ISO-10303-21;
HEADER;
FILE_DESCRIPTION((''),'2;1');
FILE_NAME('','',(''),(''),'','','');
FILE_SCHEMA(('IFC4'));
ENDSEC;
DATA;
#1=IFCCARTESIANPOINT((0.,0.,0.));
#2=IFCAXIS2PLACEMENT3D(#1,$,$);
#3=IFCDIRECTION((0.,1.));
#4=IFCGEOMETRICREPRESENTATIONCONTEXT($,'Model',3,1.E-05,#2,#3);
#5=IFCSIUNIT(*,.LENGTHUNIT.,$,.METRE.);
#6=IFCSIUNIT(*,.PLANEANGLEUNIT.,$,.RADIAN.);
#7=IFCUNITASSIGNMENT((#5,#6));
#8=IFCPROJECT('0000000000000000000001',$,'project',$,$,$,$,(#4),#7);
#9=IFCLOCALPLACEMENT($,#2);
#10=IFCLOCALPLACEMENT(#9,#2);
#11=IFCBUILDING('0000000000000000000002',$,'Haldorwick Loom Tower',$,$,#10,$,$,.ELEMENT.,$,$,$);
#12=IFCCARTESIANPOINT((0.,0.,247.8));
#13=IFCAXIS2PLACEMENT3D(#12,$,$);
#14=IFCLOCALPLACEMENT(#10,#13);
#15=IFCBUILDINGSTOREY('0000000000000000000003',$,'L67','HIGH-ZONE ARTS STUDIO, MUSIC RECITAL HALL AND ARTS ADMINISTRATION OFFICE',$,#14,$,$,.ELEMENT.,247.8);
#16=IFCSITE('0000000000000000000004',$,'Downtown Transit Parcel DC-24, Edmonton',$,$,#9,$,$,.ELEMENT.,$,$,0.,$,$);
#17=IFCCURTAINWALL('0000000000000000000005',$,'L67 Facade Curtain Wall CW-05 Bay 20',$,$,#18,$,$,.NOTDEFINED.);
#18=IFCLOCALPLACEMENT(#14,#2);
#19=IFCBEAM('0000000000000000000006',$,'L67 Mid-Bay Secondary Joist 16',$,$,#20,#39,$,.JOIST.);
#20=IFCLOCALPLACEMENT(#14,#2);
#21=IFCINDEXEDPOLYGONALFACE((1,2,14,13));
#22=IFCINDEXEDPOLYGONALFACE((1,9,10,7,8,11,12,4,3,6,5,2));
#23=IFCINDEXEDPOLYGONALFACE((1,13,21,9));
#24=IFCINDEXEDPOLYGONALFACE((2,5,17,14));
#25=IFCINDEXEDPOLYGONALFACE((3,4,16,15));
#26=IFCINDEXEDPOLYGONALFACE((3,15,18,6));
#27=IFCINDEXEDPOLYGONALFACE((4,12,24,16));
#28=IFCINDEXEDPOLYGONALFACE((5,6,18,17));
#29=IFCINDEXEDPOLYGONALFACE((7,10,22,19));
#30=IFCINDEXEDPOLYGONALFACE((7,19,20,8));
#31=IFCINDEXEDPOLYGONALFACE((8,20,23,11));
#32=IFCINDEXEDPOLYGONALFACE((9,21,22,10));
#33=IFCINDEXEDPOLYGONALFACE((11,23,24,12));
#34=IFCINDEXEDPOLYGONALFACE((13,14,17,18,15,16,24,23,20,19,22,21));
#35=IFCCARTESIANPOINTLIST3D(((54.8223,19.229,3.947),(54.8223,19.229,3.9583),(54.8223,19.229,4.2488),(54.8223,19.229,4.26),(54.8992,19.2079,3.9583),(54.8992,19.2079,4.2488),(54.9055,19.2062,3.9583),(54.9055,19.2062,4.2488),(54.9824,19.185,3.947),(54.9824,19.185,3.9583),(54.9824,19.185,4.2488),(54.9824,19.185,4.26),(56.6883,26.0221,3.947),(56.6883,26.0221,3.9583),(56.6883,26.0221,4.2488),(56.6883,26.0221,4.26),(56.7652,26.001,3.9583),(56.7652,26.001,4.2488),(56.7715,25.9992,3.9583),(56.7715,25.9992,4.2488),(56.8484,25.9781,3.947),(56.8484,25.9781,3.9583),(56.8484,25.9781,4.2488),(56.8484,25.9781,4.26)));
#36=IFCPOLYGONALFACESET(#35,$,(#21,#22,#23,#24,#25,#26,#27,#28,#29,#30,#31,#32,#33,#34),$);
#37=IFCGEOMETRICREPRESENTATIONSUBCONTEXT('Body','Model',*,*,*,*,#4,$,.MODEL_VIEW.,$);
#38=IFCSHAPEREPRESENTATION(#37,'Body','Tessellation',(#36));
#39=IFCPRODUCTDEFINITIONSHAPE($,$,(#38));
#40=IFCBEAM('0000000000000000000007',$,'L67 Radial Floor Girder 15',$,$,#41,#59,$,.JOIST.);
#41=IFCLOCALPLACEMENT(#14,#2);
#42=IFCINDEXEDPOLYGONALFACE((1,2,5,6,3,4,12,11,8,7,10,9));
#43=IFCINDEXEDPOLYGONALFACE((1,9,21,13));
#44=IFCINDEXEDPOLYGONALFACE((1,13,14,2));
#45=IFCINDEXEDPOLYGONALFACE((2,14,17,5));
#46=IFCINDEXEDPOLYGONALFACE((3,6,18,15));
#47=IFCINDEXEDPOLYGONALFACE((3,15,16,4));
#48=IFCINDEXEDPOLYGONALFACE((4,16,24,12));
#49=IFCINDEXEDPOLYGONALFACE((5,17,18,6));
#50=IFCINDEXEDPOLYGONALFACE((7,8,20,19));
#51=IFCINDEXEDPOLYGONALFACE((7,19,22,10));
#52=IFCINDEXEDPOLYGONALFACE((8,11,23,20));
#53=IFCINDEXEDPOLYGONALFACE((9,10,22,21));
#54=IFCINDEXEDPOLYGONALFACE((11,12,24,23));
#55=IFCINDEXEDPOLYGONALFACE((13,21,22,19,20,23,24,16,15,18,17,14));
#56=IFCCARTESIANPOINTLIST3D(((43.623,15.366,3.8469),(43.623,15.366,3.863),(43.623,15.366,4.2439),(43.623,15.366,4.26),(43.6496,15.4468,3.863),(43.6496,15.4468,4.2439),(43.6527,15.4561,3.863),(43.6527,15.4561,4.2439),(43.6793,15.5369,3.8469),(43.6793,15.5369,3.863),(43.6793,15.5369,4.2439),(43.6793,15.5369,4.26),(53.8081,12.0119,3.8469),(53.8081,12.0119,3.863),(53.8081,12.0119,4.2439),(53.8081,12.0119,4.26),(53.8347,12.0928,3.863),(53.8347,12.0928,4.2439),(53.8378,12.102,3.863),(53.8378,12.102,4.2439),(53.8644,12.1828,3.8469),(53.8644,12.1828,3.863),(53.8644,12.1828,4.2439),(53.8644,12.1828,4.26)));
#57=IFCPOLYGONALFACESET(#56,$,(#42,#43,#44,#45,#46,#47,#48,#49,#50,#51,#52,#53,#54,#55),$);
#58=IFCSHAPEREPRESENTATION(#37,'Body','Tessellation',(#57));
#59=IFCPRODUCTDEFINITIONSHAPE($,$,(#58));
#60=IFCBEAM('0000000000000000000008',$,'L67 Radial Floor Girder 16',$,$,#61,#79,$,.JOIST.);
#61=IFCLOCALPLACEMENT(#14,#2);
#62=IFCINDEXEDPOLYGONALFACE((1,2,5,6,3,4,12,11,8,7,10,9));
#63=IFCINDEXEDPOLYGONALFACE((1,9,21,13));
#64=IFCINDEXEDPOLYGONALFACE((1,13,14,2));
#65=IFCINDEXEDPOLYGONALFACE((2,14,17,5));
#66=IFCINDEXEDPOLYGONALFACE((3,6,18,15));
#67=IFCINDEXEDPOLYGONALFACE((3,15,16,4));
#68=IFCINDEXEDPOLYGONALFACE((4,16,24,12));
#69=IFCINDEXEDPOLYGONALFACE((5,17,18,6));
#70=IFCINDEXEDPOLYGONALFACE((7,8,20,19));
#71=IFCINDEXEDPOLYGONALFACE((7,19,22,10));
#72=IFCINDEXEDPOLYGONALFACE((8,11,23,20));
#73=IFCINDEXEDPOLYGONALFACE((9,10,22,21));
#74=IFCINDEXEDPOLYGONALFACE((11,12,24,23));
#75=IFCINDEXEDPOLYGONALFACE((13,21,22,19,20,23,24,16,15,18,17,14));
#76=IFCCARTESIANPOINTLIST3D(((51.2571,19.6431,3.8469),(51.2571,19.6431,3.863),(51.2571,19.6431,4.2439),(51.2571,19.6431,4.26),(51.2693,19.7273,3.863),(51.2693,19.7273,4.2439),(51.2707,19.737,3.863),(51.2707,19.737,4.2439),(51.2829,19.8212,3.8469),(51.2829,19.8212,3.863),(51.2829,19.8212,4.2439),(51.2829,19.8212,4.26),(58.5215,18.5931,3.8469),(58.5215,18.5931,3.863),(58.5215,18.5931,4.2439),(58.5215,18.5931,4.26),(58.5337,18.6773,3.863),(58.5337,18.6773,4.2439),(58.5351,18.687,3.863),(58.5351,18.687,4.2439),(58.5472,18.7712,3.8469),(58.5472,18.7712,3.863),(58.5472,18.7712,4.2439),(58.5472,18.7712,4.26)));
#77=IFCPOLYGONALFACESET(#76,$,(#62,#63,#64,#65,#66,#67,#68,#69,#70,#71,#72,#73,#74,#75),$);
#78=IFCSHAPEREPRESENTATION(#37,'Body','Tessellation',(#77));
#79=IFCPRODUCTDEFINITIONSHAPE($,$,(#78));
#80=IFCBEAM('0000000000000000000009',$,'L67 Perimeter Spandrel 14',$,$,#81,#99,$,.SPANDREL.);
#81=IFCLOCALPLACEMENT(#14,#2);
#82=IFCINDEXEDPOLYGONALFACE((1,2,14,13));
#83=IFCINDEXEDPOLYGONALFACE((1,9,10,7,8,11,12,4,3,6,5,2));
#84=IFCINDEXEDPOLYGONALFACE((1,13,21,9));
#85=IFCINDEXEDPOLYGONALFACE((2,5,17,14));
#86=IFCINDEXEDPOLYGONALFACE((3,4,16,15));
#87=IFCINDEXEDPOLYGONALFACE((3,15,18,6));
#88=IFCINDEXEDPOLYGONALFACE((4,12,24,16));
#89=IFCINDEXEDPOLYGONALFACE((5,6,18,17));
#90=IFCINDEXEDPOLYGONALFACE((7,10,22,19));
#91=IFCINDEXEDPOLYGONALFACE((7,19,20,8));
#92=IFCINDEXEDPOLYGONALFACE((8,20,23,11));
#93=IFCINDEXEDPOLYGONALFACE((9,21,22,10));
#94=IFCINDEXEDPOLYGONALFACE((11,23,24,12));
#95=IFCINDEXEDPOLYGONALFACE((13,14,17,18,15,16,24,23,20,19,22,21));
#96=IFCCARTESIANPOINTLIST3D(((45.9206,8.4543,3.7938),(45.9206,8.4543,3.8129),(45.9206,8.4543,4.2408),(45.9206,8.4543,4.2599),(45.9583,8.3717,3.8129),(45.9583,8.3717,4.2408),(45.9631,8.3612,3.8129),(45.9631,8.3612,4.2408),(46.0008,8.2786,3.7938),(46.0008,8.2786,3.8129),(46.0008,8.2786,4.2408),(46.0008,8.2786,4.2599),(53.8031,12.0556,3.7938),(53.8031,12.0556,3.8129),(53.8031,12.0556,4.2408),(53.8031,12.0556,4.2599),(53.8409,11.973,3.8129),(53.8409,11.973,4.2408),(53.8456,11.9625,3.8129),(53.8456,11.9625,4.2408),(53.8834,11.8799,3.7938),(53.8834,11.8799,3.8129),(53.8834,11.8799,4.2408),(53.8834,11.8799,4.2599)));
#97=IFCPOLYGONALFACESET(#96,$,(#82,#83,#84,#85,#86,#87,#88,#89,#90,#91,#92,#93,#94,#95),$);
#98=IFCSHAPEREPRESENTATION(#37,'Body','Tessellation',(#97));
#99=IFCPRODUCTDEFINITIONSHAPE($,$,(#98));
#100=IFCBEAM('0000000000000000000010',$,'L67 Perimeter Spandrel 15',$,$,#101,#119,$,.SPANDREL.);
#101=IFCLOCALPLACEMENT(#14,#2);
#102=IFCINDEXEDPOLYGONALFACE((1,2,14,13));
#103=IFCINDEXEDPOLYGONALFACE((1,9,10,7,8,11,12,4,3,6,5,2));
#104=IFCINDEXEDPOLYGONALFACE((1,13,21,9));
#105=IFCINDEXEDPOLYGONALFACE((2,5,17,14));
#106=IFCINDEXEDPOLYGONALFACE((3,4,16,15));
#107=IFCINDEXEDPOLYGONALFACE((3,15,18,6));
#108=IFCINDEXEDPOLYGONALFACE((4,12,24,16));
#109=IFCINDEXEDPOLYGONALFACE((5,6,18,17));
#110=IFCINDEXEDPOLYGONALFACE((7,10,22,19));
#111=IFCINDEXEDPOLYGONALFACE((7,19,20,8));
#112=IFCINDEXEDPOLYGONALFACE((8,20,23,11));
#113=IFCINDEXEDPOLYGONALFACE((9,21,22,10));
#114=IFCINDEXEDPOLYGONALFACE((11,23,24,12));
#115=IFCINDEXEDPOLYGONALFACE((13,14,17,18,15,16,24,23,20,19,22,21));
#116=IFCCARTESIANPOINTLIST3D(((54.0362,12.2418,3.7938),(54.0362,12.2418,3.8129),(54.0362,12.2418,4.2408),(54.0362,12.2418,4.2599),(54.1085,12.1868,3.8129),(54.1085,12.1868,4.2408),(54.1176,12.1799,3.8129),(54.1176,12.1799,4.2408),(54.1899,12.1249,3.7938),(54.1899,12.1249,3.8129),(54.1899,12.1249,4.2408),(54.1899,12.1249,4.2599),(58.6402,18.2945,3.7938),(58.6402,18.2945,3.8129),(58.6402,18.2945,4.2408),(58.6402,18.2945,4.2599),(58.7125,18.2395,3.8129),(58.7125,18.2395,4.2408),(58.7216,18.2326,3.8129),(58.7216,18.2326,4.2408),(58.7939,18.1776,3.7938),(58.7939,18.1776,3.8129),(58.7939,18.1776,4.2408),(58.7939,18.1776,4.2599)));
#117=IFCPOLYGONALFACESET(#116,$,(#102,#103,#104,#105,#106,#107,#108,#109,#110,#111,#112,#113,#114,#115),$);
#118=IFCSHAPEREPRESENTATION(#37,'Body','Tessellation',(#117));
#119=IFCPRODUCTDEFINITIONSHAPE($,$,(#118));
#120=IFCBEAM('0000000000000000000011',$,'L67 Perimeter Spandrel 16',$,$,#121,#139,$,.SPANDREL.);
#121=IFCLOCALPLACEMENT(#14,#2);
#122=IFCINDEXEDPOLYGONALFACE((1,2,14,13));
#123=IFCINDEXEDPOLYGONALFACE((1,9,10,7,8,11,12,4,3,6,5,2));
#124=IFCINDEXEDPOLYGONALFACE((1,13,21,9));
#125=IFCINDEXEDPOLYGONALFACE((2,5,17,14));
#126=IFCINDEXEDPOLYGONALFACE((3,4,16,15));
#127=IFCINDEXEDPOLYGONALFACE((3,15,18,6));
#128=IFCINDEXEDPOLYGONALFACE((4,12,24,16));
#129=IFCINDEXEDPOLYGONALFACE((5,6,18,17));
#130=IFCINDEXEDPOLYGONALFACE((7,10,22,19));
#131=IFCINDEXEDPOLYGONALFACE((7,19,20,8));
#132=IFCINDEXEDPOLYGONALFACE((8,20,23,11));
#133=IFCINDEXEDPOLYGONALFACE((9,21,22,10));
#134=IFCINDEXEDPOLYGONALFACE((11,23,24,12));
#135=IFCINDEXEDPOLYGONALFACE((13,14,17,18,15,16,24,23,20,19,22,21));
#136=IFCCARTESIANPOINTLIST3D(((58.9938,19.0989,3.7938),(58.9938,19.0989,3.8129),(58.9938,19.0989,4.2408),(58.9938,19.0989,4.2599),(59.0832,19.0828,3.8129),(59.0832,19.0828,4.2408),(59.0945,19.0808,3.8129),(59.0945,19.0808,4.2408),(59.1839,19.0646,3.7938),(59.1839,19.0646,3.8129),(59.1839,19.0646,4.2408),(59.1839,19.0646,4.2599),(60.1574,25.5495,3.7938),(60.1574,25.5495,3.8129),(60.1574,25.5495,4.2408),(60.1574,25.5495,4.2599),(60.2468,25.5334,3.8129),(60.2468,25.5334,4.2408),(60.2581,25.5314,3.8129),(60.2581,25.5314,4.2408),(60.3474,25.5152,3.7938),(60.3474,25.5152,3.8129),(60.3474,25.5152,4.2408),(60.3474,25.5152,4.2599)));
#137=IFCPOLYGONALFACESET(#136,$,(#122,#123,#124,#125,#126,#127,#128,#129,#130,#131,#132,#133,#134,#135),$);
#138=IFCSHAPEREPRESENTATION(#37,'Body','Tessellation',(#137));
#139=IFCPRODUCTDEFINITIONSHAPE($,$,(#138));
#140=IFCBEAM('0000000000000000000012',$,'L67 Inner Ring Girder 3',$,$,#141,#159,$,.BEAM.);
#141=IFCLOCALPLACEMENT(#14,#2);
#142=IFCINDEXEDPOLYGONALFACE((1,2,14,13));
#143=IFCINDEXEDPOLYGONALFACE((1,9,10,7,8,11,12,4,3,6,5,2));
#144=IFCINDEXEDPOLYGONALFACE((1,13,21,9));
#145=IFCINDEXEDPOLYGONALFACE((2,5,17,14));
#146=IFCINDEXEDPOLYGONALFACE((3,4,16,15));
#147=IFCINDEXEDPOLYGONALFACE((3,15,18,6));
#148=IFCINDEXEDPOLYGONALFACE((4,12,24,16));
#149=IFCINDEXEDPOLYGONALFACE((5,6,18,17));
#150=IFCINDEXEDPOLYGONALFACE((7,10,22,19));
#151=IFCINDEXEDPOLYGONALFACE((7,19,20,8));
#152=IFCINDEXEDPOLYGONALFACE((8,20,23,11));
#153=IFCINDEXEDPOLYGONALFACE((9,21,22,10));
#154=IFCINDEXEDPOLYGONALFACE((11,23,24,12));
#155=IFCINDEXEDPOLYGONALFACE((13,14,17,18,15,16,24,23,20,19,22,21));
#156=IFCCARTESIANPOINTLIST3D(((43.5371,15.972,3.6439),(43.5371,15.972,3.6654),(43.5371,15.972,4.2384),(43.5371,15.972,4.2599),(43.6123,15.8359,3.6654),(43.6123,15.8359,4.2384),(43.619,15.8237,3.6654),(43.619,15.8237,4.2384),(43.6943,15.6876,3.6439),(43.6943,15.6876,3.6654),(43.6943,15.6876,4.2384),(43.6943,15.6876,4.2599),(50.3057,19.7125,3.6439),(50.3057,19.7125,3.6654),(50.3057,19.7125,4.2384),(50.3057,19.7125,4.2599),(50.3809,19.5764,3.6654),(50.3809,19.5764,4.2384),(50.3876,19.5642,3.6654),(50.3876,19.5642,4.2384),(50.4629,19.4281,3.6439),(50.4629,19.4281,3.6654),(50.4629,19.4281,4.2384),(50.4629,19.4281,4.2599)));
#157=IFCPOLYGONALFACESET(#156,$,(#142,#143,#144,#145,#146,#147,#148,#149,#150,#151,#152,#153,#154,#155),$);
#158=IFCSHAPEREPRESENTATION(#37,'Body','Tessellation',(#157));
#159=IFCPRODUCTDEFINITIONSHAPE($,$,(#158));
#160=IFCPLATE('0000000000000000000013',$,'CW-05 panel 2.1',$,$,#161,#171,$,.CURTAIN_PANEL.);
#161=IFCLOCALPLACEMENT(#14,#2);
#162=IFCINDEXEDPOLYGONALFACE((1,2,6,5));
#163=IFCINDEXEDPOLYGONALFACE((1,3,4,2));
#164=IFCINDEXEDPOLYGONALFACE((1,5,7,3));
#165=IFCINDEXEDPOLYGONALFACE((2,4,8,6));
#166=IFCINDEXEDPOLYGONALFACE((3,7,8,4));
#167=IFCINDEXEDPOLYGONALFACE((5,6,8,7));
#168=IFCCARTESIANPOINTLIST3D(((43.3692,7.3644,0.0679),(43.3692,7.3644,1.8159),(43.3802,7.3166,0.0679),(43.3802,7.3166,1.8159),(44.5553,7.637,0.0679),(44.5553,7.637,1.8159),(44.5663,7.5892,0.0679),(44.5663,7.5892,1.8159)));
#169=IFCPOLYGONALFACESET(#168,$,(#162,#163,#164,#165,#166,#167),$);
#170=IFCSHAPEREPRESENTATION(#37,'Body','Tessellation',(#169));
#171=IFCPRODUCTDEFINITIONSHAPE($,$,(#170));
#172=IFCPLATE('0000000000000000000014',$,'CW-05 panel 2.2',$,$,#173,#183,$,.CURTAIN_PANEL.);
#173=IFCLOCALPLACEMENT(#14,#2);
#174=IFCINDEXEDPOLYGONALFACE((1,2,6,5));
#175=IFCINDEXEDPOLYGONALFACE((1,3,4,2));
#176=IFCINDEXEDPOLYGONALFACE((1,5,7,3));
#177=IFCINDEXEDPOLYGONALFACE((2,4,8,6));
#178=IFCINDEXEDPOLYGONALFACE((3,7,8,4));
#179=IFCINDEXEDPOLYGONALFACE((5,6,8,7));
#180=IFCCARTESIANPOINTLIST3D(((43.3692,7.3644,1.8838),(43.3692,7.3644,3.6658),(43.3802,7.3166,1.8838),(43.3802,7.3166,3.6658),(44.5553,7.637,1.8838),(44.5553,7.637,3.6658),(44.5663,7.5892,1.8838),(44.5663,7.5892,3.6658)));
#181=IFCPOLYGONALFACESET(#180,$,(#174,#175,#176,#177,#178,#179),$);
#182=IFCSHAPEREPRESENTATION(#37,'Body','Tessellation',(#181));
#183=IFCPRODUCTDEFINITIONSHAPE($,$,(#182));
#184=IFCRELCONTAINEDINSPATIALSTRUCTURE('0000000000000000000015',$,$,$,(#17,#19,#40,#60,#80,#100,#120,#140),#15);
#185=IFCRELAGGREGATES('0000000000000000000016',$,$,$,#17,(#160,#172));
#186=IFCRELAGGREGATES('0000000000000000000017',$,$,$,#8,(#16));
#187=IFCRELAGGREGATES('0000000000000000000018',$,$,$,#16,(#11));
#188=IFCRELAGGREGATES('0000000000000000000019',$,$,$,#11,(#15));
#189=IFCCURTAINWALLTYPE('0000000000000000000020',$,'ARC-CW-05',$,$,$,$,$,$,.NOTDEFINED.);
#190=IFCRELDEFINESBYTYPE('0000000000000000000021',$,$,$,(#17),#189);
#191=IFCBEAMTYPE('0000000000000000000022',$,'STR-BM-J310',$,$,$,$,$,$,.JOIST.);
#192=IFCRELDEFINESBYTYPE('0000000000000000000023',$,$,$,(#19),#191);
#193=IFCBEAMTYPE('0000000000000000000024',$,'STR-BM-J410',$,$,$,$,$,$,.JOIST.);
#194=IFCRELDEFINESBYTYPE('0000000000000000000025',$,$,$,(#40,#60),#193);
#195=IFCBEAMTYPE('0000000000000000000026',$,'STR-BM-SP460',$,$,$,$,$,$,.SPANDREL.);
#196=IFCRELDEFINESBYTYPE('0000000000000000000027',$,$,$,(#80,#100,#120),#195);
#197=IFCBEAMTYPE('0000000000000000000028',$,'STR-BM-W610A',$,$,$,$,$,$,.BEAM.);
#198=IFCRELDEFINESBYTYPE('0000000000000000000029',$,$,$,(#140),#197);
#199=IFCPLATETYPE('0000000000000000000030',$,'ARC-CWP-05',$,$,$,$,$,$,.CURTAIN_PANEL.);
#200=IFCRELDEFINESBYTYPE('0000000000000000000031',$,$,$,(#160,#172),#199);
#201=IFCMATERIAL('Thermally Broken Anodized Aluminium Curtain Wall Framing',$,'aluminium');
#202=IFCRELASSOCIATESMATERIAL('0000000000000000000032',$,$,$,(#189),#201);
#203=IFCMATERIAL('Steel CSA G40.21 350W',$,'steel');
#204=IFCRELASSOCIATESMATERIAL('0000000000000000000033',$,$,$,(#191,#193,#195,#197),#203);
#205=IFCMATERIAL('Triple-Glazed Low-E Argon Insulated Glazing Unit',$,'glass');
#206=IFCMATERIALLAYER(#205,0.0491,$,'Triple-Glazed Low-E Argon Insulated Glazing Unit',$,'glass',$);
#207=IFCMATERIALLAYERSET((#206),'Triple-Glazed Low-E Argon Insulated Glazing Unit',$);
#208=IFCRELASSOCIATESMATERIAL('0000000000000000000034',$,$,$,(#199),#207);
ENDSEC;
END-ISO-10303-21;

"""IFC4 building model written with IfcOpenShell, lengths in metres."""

from ifc_helpers import new_model, si_unit, direction, frame, origin, origin_2d, place, context, subcontext, project, spatial, rectangle, i_section, extrude, material, layer, layer_set, material_profile, profile_set, type_object, element, aggregate, save


model = new_model("IFC4")

# Units and contexts
model_context = context("Model", 3, precision=1e-05, world=origin(), true_north=direction((0.0, 1.0)))
body_context = subcontext(model_context, "Body", "Model", "MODEL_VIEW")
ifc_project = project(units=[si_unit("LENGTHUNIT", "METRE"), si_unit("PLANEANGLEUNIT", "RADIAN")], contexts=[model_context])

# Site, building, storey
site_placement = place(None, origin())
site = spatial("IfcSite", under=ifc_project, at=site_placement, Name="Downtown Transit Parcel DC-24, Edmonton", CompositionType="ELEMENT", RefElevation=0.0)
building_placement = place(site_placement, origin())
building = spatial("IfcBuilding", under=site, at=building_placement, Name="Haldorwick Loom Tower", CompositionType="ELEMENT")
storey_placement = place(building_placement, frame((0.0, 0.0, 247.8)))
storey = spatial("IfcBuildingStorey", under=building, at=storey_placement, Name="L67", Description="HIGH-ZONE ARTS STUDIO, MUSIC RECITAL HALL AND ARTS ADMINISTRATION OFFICE", CompositionType="ELEMENT", Elevation=247.8)

# Shared definitions
ifc_material_1 = material(Name="Steel CSA G40.21 350W", Category="steel")

# Curtain wall
ifc_material_2 = material(Name="Thermally Broken Anodized Aluminium Curtain Wall Framing", Category="aluminium")
curtain_wall_type = type_object("IfcCurtainWallType", Name="ARC-CW-05", PredefinedType="NOTDEFINED", material=ifc_material_2)
curtain_wall_placement = place(storey_placement, origin())
curtain_wall = element("IfcCurtainWall", 1, at=curtain_wall_placement, inside=storey, type_object=curtain_wall_type, Name="L67 Facade Curtain Wall CW-05 Bay 20", PredefinedType="NOTDEFINED")

# Beams
ifc_material_profile_1 = material_profile(ifc_material_1, i_section(OverallWidth=0.166, OverallDepth=0.313, WebThickness=0.0066, FlangeThickness=0.0112, at=origin_2d()), Name="W310X45", Category="steel")
ifc_profile_set_1 = profile_set([ifc_material_profile_1], Name="Steel CSA G40.21 350W")
beam_type_1 = type_object("IfcBeamType", Name="STR-BM-J310", PredefinedType="JOIST", material=ifc_profile_set_1)
beam_1_placement = place(storey_placement, frame((54.9023, 19.207, 4.1035), z_axis=(0.264879, 0.964282, 0.0), x_axis=(-0.964282, 0.264879, 0.0)))
element("IfcBeam", 2, at=beam_1_placement, inside=storey, type_object=beam_type_1, Name="L67 Mid-Bay Secondary Joist 16", PredefinedType="JOIST", context=body_context, shape_type="SweptSolid", body=[
    extrude(i_section(OverallWidth=0.166, OverallDepth=0.313, WebThickness=0.0066, FlangeThickness=0.0112, at=origin_2d()), origin(), (0.0, 0.0, 1.0), 7.0447),
])
ifc_material_profile_2 = material_profile(ifc_material_1, i_section(OverallWidth=0.1799, OverallDepth=0.4131, WebThickness=0.0098, FlangeThickness=0.0161, at=origin_2d()), Name="W410X74", Category="steel")
ifc_profile_set_2 = profile_set([ifc_material_profile_2], Name="Steel CSA G40.21 350W")
beam_type_2 = type_object("IfcBeamType", Name="STR-BM-J410", PredefinedType="JOIST", material=ifc_profile_set_2)
beam_2_placement = place(storey_placement, frame((43.6511, 15.4514, 4.0535), z_axis=(0.949825, -0.312783, 0.0), x_axis=(0.312783, 0.949825, 0.0)))
element("IfcBeam", 3, at=beam_2_placement, inside=storey, type_object=beam_type_2, Name="L67 Radial Floor Girder 15", PredefinedType="JOIST", context=body_context, shape_type="SweptSolid", body=[
    extrude(i_section(OverallWidth=0.1799, OverallDepth=0.4131, WebThickness=0.0098, FlangeThickness=0.0161, at=origin_2d()), origin(), (0.0, 0.0, 1.0), 10.7231),
])
beam_3_placement = place(storey_placement, frame((51.27, 19.7322, 4.0535), z_axis=(0.989714, -0.14306, 0.0), x_axis=(0.14306, 0.989714, 0.0)))
element("IfcBeam", 4, at=beam_3_placement, inside=storey, type_object=beam_type_2, Name="L67 Radial Floor Girder 16", PredefinedType="JOIST", context=body_context, shape_type="SweptSolid", body=[
    extrude(i_section(OverallWidth=0.1799, OverallDepth=0.4131, WebThickness=0.0098, FlangeThickness=0.0161, at=origin_2d()), origin(), (0.0, 0.0, 1.0), 7.3398),
])
ifc_material_profile_3 = material_profile(ifc_material_1, i_section(OverallWidth=0.1931, OverallDepth=0.4661, WebThickness=0.0115, FlangeThickness=0.019, at=origin_2d()), Name="W460X97", Category="steel")
ifc_profile_set_3 = profile_set([ifc_material_profile_3], Name="Steel CSA G40.21 350W")
beam_type_3 = type_object("IfcBeamType", Name="STR-BM-SP460", PredefinedType="SPANDREL", material=ifc_profile_set_3)
beam_4_placement = place(storey_placement, frame((45.9607, 8.3665, 4.0269), z_axis=(0.909568, 0.415555, 0.0), x_axis=(-0.415555, 0.909568, 0.0)))
element("IfcBeam", 5, at=beam_4_placement, inside=storey, type_object=beam_type_3, Name="L67 Perimeter Spandrel 14", PredefinedType="SPANDREL", context=body_context, shape_type="SweptSolid", body=[
    extrude(i_section(OverallWidth=0.1931, OverallDepth=0.4661, WebThickness=0.0115, FlangeThickness=0.019, at=origin_2d()), origin(), (0.0, 0.0, 1.0), 8.6663),
])
beam_5_placement = place(storey_placement, frame((54.113, 12.1833, 4.0269), z_axis=(0.60541, 0.795913, 0.0), x_axis=(-0.795913, 0.60541, 0.0)))
element("IfcBeam", 6, at=beam_5_placement, inside=storey, type_object=beam_type_3, Name="L67 Perimeter Spandrel 15", PredefinedType="SPANDREL", context=body_context, shape_type="SweptSolid", body=[
    extrude(i_section(OverallWidth=0.1931, OverallDepth=0.4661, WebThickness=0.0115, FlangeThickness=0.019, at=origin_2d()), origin(), (0.0, 0.0, 1.0), 7.6047),
])
beam_6_placement = place(storey_placement, frame((59.0889, 19.0818, 4.0269), z_axis=(0.177515, 0.984118, 0.0), x_axis=(-0.984118, 0.177515, 0.0)))
element("IfcBeam", 7, at=beam_6_placement, inside=storey, type_object=beam_type_3, Name="L67 Perimeter Spandrel 16", PredefinedType="SPANDREL", context=body_context, shape_type="SweptSolid", body=[
    extrude(i_section(OverallWidth=0.1931, OverallDepth=0.4661, WebThickness=0.0115, FlangeThickness=0.019, at=origin_2d()), origin(), (0.0, 0.0, 1.0), 6.5547),
])
ifc_material_profile_4 = material_profile(ifc_material_1, i_section(OverallWidth=0.325, OverallDepth=0.616, WebThickness=0.0139, FlangeThickness=0.0215, at=origin_2d()), Name="W610X174", Category="steel")
ifc_profile_set_4 = profile_set([ifc_material_profile_4], Name="Steel CSA G40.21 350W")
beam_type_4 = type_object("IfcBeamType", Name="STR-BM-W610A", PredefinedType="BEAM", material=ifc_profile_set_4)
beam_7_placement = place(storey_placement, frame((50.3843, 19.5703, 3.9519), z_axis=(-0.875244, -0.483682, 0.0), x_axis=(0.483682, -0.875244, 0.0)))
element("IfcBeam", 8, at=beam_7_placement, inside=storey, type_object=beam_type_4, Name="L67 Inner Ring Girder 3", PredefinedType="BEAM", context=body_context, shape_type="SweptSolid", body=[
    extrude(i_section(OverallWidth=0.325, OverallDepth=0.616, WebThickness=0.0139, FlangeThickness=0.0215, at=origin_2d()), origin(), (0.0, 0.0, 1.0), 7.7334),
])

# Plates
ifc_material_3 = material(Name="Triple-Glazed Low-E Argon Insulated Glazing Unit", Category="glass")
ifc_layer_1 = layer(ifc_material_3, 0.0491, Name="Triple-Glazed Low-E Argon Insulated Glazing Unit", Category="glass")
ifc_layer_set_1 = layer_set([ifc_layer_1], Name="Triple-Glazed Low-E Argon Insulated Glazing Unit")
plate_type = type_object("IfcPlateType", Name="ARC-CWP-05", PredefinedType="CURTAIN_PANEL", material=ifc_layer_set_1)
plate_1_placement = place(storey_placement, frame((43.9678, 7.4768, 0.0679), z_axis=(0.0, 0.0, 1.0), x_axis=(0.974601, 0.223949, 0.0)))
plate_1 = element("IfcPlate", 9, at=plate_1_placement, type_object=plate_type, Name="CW-05 panel 2.1", PredefinedType="CURTAIN_PANEL", context=body_context, shape_type="SweptSolid", body=[
    extrude(rectangle(XDim=1.217, YDim=0.0491, at=origin_2d()), origin(), (0.0, 0.0, 1.0), 1.748),
])
plate_2_placement = place(storey_placement, frame((43.9678, 7.4768, 1.8838), z_axis=(0.0, 0.0, 1.0), x_axis=(0.974601, 0.223949, 0.0)))
plate_2 = element("IfcPlate", 10, at=plate_2_placement, type_object=plate_type, Name="CW-05 panel 2.2", PredefinedType="CURTAIN_PANEL", context=body_context, shape_type="SweptSolid", body=[
    extrude(rectangle(XDim=1.217, YDim=0.0491, at=origin_2d()), origin(), (0.0, 0.0, 1.0), 1.782),
])
aggregate(curtain_wall, [plate_1, plate_2])

save(model, "model.ifc")
